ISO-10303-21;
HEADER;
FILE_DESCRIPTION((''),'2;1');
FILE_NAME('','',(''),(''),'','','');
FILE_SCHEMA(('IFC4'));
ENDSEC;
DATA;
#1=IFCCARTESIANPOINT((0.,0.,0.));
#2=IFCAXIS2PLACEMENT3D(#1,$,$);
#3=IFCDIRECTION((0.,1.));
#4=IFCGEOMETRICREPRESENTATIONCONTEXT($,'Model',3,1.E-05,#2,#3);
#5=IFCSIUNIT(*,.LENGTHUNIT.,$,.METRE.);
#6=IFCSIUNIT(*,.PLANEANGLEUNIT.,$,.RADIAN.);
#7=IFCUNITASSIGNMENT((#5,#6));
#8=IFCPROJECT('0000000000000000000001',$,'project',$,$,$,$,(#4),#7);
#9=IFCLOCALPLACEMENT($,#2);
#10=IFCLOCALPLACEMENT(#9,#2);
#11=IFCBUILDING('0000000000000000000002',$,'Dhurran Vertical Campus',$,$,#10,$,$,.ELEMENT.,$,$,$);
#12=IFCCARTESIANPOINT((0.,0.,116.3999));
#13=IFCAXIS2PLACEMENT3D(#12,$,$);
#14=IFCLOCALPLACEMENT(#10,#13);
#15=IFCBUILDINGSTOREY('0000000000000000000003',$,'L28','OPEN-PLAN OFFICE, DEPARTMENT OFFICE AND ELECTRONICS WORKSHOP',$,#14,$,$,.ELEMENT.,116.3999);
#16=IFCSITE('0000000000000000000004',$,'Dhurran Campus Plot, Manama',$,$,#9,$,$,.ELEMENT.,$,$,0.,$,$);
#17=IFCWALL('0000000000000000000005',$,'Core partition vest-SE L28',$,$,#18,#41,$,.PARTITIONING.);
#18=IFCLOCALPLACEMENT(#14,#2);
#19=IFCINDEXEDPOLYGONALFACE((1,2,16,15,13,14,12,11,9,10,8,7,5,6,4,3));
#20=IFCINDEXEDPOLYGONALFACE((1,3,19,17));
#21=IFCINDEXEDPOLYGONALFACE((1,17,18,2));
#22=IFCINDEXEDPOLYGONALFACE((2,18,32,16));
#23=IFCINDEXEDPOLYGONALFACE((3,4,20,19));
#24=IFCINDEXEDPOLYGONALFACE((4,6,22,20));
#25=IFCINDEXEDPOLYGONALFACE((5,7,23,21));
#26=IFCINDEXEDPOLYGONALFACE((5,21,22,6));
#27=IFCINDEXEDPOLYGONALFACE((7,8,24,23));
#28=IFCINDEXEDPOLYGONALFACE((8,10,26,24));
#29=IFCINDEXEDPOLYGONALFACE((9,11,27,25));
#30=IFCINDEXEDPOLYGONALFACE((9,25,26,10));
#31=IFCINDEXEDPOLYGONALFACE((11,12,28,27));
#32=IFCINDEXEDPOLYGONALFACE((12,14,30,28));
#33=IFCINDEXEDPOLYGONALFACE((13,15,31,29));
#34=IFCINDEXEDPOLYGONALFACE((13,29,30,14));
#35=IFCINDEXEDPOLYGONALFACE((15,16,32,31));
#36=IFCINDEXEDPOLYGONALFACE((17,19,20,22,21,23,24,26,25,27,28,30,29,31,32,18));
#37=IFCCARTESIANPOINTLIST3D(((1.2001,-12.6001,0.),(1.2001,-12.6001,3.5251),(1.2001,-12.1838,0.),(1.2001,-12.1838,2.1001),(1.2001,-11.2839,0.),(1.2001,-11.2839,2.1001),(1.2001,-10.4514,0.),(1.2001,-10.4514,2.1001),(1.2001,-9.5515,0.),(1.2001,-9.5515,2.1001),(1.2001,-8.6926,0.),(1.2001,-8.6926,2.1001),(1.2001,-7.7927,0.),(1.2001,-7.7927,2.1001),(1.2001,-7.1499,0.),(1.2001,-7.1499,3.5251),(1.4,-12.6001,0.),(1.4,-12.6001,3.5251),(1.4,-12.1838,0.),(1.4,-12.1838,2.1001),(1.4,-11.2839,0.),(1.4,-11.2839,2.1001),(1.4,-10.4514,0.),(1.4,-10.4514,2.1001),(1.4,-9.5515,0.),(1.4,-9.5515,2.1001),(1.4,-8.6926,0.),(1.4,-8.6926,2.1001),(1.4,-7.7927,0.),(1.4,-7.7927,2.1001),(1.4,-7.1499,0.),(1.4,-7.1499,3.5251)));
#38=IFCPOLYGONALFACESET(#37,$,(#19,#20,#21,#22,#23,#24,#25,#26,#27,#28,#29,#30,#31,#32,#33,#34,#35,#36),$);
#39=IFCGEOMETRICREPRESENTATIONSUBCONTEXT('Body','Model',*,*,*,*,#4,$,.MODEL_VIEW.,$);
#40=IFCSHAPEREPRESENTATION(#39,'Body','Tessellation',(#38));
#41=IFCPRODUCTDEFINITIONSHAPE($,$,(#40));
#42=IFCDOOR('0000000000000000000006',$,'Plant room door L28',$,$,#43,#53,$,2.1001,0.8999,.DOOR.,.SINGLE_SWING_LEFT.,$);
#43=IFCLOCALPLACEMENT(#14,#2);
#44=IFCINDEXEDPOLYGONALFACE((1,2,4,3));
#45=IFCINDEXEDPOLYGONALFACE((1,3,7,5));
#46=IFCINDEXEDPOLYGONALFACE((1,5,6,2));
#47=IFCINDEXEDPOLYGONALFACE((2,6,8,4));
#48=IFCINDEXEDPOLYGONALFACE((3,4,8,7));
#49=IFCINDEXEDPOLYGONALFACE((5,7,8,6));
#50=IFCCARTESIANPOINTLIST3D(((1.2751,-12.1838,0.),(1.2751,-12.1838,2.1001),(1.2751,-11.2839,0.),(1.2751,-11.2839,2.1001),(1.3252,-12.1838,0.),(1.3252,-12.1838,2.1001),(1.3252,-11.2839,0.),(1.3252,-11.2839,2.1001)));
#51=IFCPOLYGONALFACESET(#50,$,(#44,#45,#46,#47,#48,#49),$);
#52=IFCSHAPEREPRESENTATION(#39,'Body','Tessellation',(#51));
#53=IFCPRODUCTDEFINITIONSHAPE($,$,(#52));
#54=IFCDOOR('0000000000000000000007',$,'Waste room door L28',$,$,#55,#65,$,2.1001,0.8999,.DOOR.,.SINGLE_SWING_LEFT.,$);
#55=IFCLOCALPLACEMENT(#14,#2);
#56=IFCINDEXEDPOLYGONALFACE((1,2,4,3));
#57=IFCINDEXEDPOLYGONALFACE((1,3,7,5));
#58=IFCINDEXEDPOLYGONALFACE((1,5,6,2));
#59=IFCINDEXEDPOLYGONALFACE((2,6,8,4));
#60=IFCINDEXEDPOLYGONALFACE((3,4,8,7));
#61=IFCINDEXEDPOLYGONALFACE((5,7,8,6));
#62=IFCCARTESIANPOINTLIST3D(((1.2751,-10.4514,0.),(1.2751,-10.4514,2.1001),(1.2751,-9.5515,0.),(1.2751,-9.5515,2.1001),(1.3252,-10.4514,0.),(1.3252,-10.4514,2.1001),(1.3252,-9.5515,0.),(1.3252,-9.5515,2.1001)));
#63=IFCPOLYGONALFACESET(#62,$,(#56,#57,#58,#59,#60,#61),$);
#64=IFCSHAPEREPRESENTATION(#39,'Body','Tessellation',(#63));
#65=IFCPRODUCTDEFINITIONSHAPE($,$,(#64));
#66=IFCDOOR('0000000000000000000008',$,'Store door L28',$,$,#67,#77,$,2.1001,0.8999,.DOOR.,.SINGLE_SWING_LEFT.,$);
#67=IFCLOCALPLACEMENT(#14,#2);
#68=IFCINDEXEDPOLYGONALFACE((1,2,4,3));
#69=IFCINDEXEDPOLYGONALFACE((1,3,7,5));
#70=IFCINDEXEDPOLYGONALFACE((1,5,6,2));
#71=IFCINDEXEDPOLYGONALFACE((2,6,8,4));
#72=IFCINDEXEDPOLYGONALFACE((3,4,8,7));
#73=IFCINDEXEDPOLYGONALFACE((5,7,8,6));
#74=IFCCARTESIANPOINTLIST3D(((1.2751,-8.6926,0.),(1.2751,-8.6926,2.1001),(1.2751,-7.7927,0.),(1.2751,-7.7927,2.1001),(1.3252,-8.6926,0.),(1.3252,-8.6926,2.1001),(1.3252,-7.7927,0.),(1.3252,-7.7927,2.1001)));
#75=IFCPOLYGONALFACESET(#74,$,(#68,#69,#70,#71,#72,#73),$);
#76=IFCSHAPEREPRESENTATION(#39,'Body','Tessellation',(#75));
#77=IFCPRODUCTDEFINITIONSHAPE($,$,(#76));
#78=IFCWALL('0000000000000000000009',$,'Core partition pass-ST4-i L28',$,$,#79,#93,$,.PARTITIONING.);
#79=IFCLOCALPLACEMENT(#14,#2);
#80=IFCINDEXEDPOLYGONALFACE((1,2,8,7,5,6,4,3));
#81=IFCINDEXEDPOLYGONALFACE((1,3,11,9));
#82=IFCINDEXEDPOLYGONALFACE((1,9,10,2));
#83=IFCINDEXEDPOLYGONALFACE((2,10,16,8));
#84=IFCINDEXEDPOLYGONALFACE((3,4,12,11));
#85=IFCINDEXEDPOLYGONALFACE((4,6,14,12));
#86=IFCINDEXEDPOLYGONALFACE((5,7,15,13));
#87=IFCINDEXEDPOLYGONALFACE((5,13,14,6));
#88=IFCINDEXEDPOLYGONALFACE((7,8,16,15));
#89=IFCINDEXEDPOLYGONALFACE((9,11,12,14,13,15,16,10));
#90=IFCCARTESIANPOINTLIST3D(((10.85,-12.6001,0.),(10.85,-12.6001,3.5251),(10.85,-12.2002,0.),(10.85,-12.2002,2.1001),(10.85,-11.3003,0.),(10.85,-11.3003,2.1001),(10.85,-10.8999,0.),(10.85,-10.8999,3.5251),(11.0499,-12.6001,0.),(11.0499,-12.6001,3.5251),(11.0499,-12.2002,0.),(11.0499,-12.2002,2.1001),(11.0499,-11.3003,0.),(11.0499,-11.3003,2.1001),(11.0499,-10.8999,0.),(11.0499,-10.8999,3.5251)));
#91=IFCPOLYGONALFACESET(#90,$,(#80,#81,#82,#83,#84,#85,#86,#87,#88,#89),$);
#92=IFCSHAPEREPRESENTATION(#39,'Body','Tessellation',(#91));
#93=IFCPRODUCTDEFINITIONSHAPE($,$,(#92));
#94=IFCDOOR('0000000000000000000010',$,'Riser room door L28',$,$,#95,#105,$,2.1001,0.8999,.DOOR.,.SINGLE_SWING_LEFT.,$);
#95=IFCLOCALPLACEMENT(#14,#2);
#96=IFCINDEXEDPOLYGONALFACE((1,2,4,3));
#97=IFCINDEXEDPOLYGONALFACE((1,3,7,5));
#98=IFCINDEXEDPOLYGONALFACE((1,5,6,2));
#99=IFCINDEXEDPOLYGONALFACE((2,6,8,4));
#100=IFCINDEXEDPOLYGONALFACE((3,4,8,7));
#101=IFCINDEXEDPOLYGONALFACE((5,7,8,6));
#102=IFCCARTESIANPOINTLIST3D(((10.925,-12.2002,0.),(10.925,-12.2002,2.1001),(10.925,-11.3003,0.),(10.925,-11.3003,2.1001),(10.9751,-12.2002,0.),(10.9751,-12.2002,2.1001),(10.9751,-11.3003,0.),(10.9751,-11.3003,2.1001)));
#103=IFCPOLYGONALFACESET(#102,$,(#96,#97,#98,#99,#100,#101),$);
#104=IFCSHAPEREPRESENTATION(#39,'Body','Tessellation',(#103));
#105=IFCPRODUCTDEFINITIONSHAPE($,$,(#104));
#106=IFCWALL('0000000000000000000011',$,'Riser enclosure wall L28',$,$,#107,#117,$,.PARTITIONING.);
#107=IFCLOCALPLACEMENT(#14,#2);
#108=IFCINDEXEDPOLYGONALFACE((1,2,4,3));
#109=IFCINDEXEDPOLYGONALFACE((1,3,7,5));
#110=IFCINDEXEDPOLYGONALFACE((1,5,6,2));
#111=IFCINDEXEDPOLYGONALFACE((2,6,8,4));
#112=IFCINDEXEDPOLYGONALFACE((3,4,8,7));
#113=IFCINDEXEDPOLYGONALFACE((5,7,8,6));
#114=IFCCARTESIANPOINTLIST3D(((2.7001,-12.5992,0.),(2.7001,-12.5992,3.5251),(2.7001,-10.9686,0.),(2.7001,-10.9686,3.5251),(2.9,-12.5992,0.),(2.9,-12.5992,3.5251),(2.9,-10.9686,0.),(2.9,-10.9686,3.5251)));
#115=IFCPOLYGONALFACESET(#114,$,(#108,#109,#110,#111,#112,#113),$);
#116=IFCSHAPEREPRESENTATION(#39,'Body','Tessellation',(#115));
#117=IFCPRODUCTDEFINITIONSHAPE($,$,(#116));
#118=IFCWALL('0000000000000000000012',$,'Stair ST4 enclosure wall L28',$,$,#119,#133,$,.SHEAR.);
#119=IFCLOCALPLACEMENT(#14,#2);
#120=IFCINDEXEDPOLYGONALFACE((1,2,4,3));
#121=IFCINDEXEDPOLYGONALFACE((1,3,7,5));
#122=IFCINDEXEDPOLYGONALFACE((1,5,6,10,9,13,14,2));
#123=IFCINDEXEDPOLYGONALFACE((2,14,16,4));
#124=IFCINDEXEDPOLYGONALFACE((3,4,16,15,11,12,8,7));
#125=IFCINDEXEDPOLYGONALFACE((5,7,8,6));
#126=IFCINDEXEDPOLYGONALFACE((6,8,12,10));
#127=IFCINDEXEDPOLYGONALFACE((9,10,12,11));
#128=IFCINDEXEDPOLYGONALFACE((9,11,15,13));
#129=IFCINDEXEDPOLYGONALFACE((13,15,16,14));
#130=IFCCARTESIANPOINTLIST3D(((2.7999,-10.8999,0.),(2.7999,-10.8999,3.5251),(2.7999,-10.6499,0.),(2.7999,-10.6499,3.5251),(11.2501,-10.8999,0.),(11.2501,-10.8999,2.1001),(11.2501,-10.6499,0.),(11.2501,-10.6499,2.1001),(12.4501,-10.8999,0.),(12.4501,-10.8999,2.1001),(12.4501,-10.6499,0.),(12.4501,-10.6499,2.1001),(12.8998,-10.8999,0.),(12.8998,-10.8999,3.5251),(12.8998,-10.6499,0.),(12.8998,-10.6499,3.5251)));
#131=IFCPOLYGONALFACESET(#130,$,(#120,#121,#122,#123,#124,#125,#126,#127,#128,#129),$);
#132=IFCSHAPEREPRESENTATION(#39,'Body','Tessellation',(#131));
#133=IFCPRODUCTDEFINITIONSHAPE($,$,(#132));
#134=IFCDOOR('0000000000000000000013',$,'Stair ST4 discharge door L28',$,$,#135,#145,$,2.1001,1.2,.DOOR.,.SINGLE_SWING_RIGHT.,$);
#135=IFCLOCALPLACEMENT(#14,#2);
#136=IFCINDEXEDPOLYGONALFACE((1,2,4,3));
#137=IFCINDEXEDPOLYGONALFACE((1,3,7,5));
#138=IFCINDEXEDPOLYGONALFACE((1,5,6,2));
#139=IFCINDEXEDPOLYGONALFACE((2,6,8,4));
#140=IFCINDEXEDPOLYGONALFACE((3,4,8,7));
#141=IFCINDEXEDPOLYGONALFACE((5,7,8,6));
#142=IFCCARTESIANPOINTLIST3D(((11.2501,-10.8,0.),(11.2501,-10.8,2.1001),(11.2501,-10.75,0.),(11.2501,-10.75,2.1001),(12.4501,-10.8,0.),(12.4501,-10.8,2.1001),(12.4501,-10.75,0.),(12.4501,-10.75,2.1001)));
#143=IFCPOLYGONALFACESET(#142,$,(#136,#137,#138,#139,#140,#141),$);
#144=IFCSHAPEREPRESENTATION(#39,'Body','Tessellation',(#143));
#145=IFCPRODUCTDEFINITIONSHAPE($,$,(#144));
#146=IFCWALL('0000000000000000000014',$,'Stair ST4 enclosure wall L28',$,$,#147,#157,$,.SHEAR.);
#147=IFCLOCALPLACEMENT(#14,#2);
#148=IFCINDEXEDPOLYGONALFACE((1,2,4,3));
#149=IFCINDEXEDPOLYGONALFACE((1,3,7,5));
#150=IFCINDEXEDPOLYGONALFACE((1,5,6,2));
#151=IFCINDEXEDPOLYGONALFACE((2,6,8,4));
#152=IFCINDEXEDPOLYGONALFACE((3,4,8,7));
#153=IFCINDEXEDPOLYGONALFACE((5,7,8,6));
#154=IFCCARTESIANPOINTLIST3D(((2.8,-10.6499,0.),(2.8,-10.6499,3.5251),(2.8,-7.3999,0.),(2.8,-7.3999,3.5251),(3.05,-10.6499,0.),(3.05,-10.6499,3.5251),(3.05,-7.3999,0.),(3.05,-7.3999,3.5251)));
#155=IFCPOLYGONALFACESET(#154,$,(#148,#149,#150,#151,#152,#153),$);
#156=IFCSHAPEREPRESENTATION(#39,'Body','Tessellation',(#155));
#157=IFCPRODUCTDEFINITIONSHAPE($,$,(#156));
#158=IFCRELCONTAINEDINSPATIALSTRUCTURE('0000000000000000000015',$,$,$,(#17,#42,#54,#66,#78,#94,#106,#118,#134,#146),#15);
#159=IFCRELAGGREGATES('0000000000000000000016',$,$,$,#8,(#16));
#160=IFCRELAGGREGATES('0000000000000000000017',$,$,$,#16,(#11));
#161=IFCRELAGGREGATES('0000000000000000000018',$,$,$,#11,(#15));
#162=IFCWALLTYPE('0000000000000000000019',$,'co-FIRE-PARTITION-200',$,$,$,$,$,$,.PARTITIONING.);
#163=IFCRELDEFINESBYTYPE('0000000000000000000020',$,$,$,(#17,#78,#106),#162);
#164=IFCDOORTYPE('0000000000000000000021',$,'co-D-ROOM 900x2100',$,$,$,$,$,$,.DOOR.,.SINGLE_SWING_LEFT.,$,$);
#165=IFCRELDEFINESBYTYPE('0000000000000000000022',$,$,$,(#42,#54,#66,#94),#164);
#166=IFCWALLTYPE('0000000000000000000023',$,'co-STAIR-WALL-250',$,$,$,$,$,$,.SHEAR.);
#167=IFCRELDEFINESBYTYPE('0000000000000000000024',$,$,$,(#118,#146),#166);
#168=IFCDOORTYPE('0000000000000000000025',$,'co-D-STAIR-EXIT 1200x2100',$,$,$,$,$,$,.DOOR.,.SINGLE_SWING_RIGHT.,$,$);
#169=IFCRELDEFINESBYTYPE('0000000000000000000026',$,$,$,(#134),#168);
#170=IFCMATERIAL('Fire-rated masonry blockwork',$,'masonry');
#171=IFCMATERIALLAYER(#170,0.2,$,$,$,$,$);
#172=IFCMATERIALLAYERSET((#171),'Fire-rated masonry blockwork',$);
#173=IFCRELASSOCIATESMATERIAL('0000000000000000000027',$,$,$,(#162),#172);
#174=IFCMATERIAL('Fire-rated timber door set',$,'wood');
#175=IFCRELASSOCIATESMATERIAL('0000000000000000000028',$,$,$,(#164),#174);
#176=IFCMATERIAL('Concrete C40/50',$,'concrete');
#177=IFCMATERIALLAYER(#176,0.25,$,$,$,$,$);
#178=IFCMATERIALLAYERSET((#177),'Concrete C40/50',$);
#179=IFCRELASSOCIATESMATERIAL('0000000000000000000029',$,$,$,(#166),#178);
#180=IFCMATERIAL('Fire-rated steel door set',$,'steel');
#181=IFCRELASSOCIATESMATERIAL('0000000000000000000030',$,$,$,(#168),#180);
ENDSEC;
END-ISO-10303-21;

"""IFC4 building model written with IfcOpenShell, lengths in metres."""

from ifc_helpers import new_model, si_unit, direction, frame, frame_2d, origin, place, context, subcontext, project, spatial, rectangle, extrude, material, layer, layer_set, type_object, element, fill, save


model = new_model("IFC4")

# Units and contexts
model_context = context("Model", 3, precision=1e-05, world=origin(), true_north=direction((0.0, 1.0)))
body_context = subcontext(model_context, "Body", "Model", "MODEL_VIEW")
ifc_project = project(units=[si_unit("LENGTHUNIT", "METRE"), si_unit("PLANEANGLEUNIT", "RADIAN")], contexts=[model_context])

# Site, building, storey
site_placement = place(None, origin())
site = spatial("IfcSite", under=ifc_project, at=site_placement, Name="Dhurran Campus Plot, Manama", CompositionType="ELEMENT", RefElevation=0.0)
building_placement = place(site_placement, origin())
building = spatial("IfcBuilding", under=site, at=building_placement, Name="Dhurran Vertical Campus", CompositionType="ELEMENT")
storey_placement = place(building_placement, frame((0.0, 0.0, 116.3999)))
storey = spatial("IfcBuildingStorey", under=building, at=storey_placement, Name="L28", Description="OPEN-PLAN OFFICE, DEPARTMENT OFFICE AND ELECTRONICS WORKSHOP", CompositionType="ELEMENT", Elevation=116.3999)

# Shared definitions
ifc_material_1 = material(Name="Fire-rated masonry blockwork", Category="masonry")
ifc_layer_1 = layer(ifc_material_1, 0.2)
ifc_layer_set_1 = layer_set([ifc_layer_1], Name="Fire-rated masonry blockwork")
wall_type_1 = type_object("IfcWallType", Name="co-FIRE-PARTITION-200", PredefinedType="PARTITIONING", material=ifc_layer_set_1)

# Wall, openings, doors
wall_1_placement = place(storey_placement, frame((1.3, -12.6001, 0.0), z_axis=(0.0, 0.0, 1.0), x_axis=(0.0, 1.0, 0.0)))
wall_1 = element("IfcWall", 1, at=wall_1_placement, inside=storey, type_object=wall_type_1, Name="Core partition vest-SE L28", PredefinedType="PARTITIONING", context=body_context, shape_type="SweptSolid", body=[
    extrude(rectangle(XDim=5.4502, YDim=0.2, at=frame_2d((2.7251, 0.0))), origin(), (0.0, 0.0, 1.0), 3.5251),
])
opening_1_placement = place(wall_1_placement, frame((0.4163, 0.0, 0.0)))
opening_1 = element("IfcOpeningElement", 2, at=opening_1_placement, cuts=wall_1, PredefinedType="OPENING", context=body_context, shape_type="SweptSolid", body=[
    extrude(rectangle(XDim=0.8999, YDim=2.1001, at=frame_2d((0.45, 1.05))), frame((0.0, 0.1099, 0.0), z_axis=(0.0, -1.0, 0.0), x_axis=(1.0, 0.0, 0.0)), (0.0, 0.0, 1.0), 0.22),
])
opening_2_placement = place(wall_1_placement, frame((2.1487, 0.0, 0.0)))
opening_2 = element("IfcOpeningElement", 3, at=opening_2_placement, cuts=wall_1, PredefinedType="OPENING", context=body_context, shape_type="SweptSolid", body=[
    extrude(rectangle(XDim=0.8999, YDim=2.1001, at=frame_2d((0.45, 1.05))), frame((0.0, 0.1099, 0.0), z_axis=(0.0, -1.0, 0.0), x_axis=(1.0, 0.0, 0.0)), (0.0, 0.0, 1.0), 0.22),
])
opening_3_placement = place(wall_1_placement, frame((3.9075, 0.0, 0.0)))
opening_3 = element("IfcOpeningElement", 4, at=opening_3_placement, cuts=wall_1, PredefinedType="OPENING", context=body_context, shape_type="SweptSolid", body=[
    extrude(rectangle(XDim=0.8999, YDim=2.1001, at=frame_2d((0.45, 1.05))), frame((0.0, 0.1099, 0.0), z_axis=(0.0, -1.0, 0.0), x_axis=(1.0, 0.0, 0.0)), (0.0, 0.0, 1.0), 0.22),
])
ifc_material_2 = material(Name="Fire-rated timber door set", Category="wood")
door_type_1 = type_object("IfcDoorType", Name="co-D-ROOM 900x2100", OperationType="SINGLE_SWING_LEFT", PredefinedType="DOOR", material=ifc_material_2)
door_1_placement = place(opening_1_placement, origin())
door_1 = element("IfcDoor", 5, at=door_1_placement, inside=storey, type_object=door_type_1, Name="Plant room door L28", OperationType="SINGLE_SWING_LEFT", OverallHeight=2.1001, OverallWidth=0.8999, PredefinedType="DOOR", context=body_context, shape_type="SweptSolid", body=[
    extrude(rectangle(XDim=0.8999, YDim=2.1001, at=frame_2d((0.45, 1.05))), frame((0.0, 0.0249, 0.0), z_axis=(0.0, -1.0, 0.0), x_axis=(1.0, 0.0, 0.0)), (0.0, 0.0, 1.0), 0.05),
])
fill(opening_1, door_1)
door_2_placement = place(opening_2_placement, origin())
door_2 = element("IfcDoor", 6, at=door_2_placement, inside=storey, type_object=door_type_1, Name="Waste room door L28", OperationType="SINGLE_SWING_LEFT", OverallHeight=2.1001, OverallWidth=0.8999, PredefinedType="DOOR", context=body_context, shape_type="SweptSolid", body=[
    extrude(rectangle(XDim=0.8999, YDim=2.1001, at=frame_2d((0.45, 1.05))), frame((0.0, 0.0249, 0.0), z_axis=(0.0, -1.0, 0.0), x_axis=(1.0, 0.0, 0.0)), (0.0, 0.0, 1.0), 0.05),
])
fill(opening_2, door_2)
door_3_placement = place(opening_3_placement, origin())
door_3 = element("IfcDoor", 7, at=door_3_placement, inside=storey, type_object=door_type_1, Name="Store door L28", OperationType="SINGLE_SWING_LEFT", OverallHeight=2.1001, OverallWidth=0.8999, PredefinedType="DOOR", context=body_context, shape_type="SweptSolid", body=[
    extrude(rectangle(XDim=0.8999, YDim=2.1001, at=frame_2d((0.45, 1.05))), frame((0.0, 0.0249, 0.0), z_axis=(0.0, -1.0, 0.0), x_axis=(1.0, 0.0, 0.0)), (0.0, 0.0, 1.0), 0.05),
])
fill(opening_3, door_3)

# Wall, opening, door
wall_2_placement = place(storey_placement, frame((10.95, -12.6001, 0.0), z_axis=(0.0, 0.0, 1.0), x_axis=(0.0, 1.0, 0.0)))
wall_2 = element("IfcWall", 8, at=wall_2_placement, inside=storey, type_object=wall_type_1, Name="Core partition pass-ST4-i L28", PredefinedType="PARTITIONING", context=body_context, shape_type="SweptSolid", body=[
    extrude(rectangle(XDim=1.7002, YDim=0.2, at=frame_2d((0.8501, 0.0))), origin(), (0.0, 0.0, 1.0), 3.5251),
])
opening_4_placement = place(wall_2_placement, frame((0.3999, 0.0, 0.0)))
opening_4 = element("IfcOpeningElement", 9, at=opening_4_placement, cuts=wall_2, PredefinedType="OPENING", context=body_context, shape_type="SweptSolid", body=[
    extrude(rectangle(XDim=0.8999, YDim=2.1001, at=frame_2d((0.45, 1.05))), frame((0.0, 0.1099, 0.0), z_axis=(0.0, -1.0, 0.0), x_axis=(1.0, 0.0, 0.0)), (0.0, 0.0, 1.0), 0.22),
])
door_4_placement = place(opening_4_placement, origin())
door_4 = element("IfcDoor", 10, at=door_4_placement, inside=storey, type_object=door_type_1, Name="Riser room door L28", OperationType="SINGLE_SWING_LEFT", OverallHeight=2.1001, OverallWidth=0.8999, PredefinedType="DOOR", context=body_context, shape_type="SweptSolid", body=[
    extrude(rectangle(XDim=0.8999, YDim=2.1001, at=frame_2d((0.45, 1.05))), frame((0.0, 0.0249, 0.0), z_axis=(0.0, -1.0, 0.0), x_axis=(1.0, 0.0, 0.0)), (0.0, 0.0, 1.0), 0.05),
])
fill(opening_4, door_4)

# Wall
wall_3_placement = place(storey_placement, frame((2.8, -10.9685, 0.0), z_axis=(0.0, 0.0, 1.0), x_axis=(0.0, -1.0, 0.0)))
element("IfcWall", 11, at=wall_3_placement, inside=storey, type_object=wall_type_1, Name="Riser enclosure wall L28", PredefinedType="PARTITIONING", context=body_context, shape_type="SweptSolid", body=[
    extrude(rectangle(XDim=1.6306, YDim=0.2, at=frame_2d((0.8154, 0.0))), origin(), (0.0, 0.0, 1.0), 3.5251),
])

# Wall, opening, door
ifc_material_3 = material(Name="Concrete C40/50", Category="concrete")
ifc_layer_2 = layer(ifc_material_3, 0.25)
ifc_layer_set_2 = layer_set([ifc_layer_2], Name="Concrete C40/50")
wall_type_2 = type_object("IfcWallType", Name="co-STAIR-WALL-250", PredefinedType="SHEAR", material=ifc_layer_set_2)
wall_4_placement = place(storey_placement, frame((2.8, -10.7749, 0.0), z_axis=(0.0, 0.0, 1.0), x_axis=(1.0, 0.0, 0.0)))
wall_4 = element("IfcWall", 12, at=wall_4_placement, inside=storey, type_object=wall_type_2, Name="Stair ST4 enclosure wall L28", PredefinedType="SHEAR", context=body_context, shape_type="SweptSolid", body=[
    extrude(rectangle(XDim=10.0999, YDim=0.25, at=frame_2d((5.0498, 0.0))), origin(), (0.0, 0.0, 1.0), 3.5251),
])
opening_5_placement = place(wall_4_placement, frame((8.45, 0.0, 0.0)))
opening_5 = element("IfcOpeningElement", 13, at=opening_5_placement, cuts=wall_4, PredefinedType="OPENING", context=body_context, shape_type="SweptSolid", body=[
    extrude(rectangle(XDim=1.2, YDim=2.1001, at=frame_2d((0.6001, 1.05))), frame((0.0, 0.135, 0.0), z_axis=(0.0, -1.0, 0.0), x_axis=(1.0, 0.0, 0.0)), (0.0, 0.0, 1.0), 0.27),
])
ifc_material_4 = material(Name="Fire-rated steel door set", Category="steel")
door_type_2 = type_object("IfcDoorType", Name="co-D-STAIR-EXIT 1200x2100", OperationType="SINGLE_SWING_RIGHT", PredefinedType="DOOR", material=ifc_material_4)
door_5_placement = place(opening_5_placement, origin())
door_5 = element("IfcDoor", 14, at=door_5_placement, inside=storey, type_object=door_type_2, Name="Stair ST4 discharge door L28", OperationType="SINGLE_SWING_RIGHT", OverallHeight=2.1001, OverallWidth=1.2, PredefinedType="DOOR", context=body_context, shape_type="SweptSolid", body=[
    extrude(rectangle(XDim=1.2, YDim=2.1001, at=frame_2d((0.6001, 1.05))), frame((0.0, 0.0249, 0.0), z_axis=(0.0, -1.0, 0.0), x_axis=(1.0, 0.0, 0.0)), (0.0, 0.0, 1.0), 0.05),
])
fill(opening_5, door_5)

# Wall
wall_5_placement = place(storey_placement, frame((2.925, -10.6499, 0.0), z_axis=(0.0, 0.0, 1.0), x_axis=(0.0, 1.0, 0.0)))
element("IfcWall", 15, at=wall_5_placement, inside=storey, type_object=wall_type_2, Name="Stair ST4 enclosure wall L28", PredefinedType="SHEAR", context=body_context, shape_type="SweptSolid", body=[
    extrude(rectangle(XDim=3.25, YDim=0.25, at=frame_2d((1.625, 0.0))), origin(), (0.0, 0.0, 1.0), 3.5251),
])

save(model, "model.ifc")
